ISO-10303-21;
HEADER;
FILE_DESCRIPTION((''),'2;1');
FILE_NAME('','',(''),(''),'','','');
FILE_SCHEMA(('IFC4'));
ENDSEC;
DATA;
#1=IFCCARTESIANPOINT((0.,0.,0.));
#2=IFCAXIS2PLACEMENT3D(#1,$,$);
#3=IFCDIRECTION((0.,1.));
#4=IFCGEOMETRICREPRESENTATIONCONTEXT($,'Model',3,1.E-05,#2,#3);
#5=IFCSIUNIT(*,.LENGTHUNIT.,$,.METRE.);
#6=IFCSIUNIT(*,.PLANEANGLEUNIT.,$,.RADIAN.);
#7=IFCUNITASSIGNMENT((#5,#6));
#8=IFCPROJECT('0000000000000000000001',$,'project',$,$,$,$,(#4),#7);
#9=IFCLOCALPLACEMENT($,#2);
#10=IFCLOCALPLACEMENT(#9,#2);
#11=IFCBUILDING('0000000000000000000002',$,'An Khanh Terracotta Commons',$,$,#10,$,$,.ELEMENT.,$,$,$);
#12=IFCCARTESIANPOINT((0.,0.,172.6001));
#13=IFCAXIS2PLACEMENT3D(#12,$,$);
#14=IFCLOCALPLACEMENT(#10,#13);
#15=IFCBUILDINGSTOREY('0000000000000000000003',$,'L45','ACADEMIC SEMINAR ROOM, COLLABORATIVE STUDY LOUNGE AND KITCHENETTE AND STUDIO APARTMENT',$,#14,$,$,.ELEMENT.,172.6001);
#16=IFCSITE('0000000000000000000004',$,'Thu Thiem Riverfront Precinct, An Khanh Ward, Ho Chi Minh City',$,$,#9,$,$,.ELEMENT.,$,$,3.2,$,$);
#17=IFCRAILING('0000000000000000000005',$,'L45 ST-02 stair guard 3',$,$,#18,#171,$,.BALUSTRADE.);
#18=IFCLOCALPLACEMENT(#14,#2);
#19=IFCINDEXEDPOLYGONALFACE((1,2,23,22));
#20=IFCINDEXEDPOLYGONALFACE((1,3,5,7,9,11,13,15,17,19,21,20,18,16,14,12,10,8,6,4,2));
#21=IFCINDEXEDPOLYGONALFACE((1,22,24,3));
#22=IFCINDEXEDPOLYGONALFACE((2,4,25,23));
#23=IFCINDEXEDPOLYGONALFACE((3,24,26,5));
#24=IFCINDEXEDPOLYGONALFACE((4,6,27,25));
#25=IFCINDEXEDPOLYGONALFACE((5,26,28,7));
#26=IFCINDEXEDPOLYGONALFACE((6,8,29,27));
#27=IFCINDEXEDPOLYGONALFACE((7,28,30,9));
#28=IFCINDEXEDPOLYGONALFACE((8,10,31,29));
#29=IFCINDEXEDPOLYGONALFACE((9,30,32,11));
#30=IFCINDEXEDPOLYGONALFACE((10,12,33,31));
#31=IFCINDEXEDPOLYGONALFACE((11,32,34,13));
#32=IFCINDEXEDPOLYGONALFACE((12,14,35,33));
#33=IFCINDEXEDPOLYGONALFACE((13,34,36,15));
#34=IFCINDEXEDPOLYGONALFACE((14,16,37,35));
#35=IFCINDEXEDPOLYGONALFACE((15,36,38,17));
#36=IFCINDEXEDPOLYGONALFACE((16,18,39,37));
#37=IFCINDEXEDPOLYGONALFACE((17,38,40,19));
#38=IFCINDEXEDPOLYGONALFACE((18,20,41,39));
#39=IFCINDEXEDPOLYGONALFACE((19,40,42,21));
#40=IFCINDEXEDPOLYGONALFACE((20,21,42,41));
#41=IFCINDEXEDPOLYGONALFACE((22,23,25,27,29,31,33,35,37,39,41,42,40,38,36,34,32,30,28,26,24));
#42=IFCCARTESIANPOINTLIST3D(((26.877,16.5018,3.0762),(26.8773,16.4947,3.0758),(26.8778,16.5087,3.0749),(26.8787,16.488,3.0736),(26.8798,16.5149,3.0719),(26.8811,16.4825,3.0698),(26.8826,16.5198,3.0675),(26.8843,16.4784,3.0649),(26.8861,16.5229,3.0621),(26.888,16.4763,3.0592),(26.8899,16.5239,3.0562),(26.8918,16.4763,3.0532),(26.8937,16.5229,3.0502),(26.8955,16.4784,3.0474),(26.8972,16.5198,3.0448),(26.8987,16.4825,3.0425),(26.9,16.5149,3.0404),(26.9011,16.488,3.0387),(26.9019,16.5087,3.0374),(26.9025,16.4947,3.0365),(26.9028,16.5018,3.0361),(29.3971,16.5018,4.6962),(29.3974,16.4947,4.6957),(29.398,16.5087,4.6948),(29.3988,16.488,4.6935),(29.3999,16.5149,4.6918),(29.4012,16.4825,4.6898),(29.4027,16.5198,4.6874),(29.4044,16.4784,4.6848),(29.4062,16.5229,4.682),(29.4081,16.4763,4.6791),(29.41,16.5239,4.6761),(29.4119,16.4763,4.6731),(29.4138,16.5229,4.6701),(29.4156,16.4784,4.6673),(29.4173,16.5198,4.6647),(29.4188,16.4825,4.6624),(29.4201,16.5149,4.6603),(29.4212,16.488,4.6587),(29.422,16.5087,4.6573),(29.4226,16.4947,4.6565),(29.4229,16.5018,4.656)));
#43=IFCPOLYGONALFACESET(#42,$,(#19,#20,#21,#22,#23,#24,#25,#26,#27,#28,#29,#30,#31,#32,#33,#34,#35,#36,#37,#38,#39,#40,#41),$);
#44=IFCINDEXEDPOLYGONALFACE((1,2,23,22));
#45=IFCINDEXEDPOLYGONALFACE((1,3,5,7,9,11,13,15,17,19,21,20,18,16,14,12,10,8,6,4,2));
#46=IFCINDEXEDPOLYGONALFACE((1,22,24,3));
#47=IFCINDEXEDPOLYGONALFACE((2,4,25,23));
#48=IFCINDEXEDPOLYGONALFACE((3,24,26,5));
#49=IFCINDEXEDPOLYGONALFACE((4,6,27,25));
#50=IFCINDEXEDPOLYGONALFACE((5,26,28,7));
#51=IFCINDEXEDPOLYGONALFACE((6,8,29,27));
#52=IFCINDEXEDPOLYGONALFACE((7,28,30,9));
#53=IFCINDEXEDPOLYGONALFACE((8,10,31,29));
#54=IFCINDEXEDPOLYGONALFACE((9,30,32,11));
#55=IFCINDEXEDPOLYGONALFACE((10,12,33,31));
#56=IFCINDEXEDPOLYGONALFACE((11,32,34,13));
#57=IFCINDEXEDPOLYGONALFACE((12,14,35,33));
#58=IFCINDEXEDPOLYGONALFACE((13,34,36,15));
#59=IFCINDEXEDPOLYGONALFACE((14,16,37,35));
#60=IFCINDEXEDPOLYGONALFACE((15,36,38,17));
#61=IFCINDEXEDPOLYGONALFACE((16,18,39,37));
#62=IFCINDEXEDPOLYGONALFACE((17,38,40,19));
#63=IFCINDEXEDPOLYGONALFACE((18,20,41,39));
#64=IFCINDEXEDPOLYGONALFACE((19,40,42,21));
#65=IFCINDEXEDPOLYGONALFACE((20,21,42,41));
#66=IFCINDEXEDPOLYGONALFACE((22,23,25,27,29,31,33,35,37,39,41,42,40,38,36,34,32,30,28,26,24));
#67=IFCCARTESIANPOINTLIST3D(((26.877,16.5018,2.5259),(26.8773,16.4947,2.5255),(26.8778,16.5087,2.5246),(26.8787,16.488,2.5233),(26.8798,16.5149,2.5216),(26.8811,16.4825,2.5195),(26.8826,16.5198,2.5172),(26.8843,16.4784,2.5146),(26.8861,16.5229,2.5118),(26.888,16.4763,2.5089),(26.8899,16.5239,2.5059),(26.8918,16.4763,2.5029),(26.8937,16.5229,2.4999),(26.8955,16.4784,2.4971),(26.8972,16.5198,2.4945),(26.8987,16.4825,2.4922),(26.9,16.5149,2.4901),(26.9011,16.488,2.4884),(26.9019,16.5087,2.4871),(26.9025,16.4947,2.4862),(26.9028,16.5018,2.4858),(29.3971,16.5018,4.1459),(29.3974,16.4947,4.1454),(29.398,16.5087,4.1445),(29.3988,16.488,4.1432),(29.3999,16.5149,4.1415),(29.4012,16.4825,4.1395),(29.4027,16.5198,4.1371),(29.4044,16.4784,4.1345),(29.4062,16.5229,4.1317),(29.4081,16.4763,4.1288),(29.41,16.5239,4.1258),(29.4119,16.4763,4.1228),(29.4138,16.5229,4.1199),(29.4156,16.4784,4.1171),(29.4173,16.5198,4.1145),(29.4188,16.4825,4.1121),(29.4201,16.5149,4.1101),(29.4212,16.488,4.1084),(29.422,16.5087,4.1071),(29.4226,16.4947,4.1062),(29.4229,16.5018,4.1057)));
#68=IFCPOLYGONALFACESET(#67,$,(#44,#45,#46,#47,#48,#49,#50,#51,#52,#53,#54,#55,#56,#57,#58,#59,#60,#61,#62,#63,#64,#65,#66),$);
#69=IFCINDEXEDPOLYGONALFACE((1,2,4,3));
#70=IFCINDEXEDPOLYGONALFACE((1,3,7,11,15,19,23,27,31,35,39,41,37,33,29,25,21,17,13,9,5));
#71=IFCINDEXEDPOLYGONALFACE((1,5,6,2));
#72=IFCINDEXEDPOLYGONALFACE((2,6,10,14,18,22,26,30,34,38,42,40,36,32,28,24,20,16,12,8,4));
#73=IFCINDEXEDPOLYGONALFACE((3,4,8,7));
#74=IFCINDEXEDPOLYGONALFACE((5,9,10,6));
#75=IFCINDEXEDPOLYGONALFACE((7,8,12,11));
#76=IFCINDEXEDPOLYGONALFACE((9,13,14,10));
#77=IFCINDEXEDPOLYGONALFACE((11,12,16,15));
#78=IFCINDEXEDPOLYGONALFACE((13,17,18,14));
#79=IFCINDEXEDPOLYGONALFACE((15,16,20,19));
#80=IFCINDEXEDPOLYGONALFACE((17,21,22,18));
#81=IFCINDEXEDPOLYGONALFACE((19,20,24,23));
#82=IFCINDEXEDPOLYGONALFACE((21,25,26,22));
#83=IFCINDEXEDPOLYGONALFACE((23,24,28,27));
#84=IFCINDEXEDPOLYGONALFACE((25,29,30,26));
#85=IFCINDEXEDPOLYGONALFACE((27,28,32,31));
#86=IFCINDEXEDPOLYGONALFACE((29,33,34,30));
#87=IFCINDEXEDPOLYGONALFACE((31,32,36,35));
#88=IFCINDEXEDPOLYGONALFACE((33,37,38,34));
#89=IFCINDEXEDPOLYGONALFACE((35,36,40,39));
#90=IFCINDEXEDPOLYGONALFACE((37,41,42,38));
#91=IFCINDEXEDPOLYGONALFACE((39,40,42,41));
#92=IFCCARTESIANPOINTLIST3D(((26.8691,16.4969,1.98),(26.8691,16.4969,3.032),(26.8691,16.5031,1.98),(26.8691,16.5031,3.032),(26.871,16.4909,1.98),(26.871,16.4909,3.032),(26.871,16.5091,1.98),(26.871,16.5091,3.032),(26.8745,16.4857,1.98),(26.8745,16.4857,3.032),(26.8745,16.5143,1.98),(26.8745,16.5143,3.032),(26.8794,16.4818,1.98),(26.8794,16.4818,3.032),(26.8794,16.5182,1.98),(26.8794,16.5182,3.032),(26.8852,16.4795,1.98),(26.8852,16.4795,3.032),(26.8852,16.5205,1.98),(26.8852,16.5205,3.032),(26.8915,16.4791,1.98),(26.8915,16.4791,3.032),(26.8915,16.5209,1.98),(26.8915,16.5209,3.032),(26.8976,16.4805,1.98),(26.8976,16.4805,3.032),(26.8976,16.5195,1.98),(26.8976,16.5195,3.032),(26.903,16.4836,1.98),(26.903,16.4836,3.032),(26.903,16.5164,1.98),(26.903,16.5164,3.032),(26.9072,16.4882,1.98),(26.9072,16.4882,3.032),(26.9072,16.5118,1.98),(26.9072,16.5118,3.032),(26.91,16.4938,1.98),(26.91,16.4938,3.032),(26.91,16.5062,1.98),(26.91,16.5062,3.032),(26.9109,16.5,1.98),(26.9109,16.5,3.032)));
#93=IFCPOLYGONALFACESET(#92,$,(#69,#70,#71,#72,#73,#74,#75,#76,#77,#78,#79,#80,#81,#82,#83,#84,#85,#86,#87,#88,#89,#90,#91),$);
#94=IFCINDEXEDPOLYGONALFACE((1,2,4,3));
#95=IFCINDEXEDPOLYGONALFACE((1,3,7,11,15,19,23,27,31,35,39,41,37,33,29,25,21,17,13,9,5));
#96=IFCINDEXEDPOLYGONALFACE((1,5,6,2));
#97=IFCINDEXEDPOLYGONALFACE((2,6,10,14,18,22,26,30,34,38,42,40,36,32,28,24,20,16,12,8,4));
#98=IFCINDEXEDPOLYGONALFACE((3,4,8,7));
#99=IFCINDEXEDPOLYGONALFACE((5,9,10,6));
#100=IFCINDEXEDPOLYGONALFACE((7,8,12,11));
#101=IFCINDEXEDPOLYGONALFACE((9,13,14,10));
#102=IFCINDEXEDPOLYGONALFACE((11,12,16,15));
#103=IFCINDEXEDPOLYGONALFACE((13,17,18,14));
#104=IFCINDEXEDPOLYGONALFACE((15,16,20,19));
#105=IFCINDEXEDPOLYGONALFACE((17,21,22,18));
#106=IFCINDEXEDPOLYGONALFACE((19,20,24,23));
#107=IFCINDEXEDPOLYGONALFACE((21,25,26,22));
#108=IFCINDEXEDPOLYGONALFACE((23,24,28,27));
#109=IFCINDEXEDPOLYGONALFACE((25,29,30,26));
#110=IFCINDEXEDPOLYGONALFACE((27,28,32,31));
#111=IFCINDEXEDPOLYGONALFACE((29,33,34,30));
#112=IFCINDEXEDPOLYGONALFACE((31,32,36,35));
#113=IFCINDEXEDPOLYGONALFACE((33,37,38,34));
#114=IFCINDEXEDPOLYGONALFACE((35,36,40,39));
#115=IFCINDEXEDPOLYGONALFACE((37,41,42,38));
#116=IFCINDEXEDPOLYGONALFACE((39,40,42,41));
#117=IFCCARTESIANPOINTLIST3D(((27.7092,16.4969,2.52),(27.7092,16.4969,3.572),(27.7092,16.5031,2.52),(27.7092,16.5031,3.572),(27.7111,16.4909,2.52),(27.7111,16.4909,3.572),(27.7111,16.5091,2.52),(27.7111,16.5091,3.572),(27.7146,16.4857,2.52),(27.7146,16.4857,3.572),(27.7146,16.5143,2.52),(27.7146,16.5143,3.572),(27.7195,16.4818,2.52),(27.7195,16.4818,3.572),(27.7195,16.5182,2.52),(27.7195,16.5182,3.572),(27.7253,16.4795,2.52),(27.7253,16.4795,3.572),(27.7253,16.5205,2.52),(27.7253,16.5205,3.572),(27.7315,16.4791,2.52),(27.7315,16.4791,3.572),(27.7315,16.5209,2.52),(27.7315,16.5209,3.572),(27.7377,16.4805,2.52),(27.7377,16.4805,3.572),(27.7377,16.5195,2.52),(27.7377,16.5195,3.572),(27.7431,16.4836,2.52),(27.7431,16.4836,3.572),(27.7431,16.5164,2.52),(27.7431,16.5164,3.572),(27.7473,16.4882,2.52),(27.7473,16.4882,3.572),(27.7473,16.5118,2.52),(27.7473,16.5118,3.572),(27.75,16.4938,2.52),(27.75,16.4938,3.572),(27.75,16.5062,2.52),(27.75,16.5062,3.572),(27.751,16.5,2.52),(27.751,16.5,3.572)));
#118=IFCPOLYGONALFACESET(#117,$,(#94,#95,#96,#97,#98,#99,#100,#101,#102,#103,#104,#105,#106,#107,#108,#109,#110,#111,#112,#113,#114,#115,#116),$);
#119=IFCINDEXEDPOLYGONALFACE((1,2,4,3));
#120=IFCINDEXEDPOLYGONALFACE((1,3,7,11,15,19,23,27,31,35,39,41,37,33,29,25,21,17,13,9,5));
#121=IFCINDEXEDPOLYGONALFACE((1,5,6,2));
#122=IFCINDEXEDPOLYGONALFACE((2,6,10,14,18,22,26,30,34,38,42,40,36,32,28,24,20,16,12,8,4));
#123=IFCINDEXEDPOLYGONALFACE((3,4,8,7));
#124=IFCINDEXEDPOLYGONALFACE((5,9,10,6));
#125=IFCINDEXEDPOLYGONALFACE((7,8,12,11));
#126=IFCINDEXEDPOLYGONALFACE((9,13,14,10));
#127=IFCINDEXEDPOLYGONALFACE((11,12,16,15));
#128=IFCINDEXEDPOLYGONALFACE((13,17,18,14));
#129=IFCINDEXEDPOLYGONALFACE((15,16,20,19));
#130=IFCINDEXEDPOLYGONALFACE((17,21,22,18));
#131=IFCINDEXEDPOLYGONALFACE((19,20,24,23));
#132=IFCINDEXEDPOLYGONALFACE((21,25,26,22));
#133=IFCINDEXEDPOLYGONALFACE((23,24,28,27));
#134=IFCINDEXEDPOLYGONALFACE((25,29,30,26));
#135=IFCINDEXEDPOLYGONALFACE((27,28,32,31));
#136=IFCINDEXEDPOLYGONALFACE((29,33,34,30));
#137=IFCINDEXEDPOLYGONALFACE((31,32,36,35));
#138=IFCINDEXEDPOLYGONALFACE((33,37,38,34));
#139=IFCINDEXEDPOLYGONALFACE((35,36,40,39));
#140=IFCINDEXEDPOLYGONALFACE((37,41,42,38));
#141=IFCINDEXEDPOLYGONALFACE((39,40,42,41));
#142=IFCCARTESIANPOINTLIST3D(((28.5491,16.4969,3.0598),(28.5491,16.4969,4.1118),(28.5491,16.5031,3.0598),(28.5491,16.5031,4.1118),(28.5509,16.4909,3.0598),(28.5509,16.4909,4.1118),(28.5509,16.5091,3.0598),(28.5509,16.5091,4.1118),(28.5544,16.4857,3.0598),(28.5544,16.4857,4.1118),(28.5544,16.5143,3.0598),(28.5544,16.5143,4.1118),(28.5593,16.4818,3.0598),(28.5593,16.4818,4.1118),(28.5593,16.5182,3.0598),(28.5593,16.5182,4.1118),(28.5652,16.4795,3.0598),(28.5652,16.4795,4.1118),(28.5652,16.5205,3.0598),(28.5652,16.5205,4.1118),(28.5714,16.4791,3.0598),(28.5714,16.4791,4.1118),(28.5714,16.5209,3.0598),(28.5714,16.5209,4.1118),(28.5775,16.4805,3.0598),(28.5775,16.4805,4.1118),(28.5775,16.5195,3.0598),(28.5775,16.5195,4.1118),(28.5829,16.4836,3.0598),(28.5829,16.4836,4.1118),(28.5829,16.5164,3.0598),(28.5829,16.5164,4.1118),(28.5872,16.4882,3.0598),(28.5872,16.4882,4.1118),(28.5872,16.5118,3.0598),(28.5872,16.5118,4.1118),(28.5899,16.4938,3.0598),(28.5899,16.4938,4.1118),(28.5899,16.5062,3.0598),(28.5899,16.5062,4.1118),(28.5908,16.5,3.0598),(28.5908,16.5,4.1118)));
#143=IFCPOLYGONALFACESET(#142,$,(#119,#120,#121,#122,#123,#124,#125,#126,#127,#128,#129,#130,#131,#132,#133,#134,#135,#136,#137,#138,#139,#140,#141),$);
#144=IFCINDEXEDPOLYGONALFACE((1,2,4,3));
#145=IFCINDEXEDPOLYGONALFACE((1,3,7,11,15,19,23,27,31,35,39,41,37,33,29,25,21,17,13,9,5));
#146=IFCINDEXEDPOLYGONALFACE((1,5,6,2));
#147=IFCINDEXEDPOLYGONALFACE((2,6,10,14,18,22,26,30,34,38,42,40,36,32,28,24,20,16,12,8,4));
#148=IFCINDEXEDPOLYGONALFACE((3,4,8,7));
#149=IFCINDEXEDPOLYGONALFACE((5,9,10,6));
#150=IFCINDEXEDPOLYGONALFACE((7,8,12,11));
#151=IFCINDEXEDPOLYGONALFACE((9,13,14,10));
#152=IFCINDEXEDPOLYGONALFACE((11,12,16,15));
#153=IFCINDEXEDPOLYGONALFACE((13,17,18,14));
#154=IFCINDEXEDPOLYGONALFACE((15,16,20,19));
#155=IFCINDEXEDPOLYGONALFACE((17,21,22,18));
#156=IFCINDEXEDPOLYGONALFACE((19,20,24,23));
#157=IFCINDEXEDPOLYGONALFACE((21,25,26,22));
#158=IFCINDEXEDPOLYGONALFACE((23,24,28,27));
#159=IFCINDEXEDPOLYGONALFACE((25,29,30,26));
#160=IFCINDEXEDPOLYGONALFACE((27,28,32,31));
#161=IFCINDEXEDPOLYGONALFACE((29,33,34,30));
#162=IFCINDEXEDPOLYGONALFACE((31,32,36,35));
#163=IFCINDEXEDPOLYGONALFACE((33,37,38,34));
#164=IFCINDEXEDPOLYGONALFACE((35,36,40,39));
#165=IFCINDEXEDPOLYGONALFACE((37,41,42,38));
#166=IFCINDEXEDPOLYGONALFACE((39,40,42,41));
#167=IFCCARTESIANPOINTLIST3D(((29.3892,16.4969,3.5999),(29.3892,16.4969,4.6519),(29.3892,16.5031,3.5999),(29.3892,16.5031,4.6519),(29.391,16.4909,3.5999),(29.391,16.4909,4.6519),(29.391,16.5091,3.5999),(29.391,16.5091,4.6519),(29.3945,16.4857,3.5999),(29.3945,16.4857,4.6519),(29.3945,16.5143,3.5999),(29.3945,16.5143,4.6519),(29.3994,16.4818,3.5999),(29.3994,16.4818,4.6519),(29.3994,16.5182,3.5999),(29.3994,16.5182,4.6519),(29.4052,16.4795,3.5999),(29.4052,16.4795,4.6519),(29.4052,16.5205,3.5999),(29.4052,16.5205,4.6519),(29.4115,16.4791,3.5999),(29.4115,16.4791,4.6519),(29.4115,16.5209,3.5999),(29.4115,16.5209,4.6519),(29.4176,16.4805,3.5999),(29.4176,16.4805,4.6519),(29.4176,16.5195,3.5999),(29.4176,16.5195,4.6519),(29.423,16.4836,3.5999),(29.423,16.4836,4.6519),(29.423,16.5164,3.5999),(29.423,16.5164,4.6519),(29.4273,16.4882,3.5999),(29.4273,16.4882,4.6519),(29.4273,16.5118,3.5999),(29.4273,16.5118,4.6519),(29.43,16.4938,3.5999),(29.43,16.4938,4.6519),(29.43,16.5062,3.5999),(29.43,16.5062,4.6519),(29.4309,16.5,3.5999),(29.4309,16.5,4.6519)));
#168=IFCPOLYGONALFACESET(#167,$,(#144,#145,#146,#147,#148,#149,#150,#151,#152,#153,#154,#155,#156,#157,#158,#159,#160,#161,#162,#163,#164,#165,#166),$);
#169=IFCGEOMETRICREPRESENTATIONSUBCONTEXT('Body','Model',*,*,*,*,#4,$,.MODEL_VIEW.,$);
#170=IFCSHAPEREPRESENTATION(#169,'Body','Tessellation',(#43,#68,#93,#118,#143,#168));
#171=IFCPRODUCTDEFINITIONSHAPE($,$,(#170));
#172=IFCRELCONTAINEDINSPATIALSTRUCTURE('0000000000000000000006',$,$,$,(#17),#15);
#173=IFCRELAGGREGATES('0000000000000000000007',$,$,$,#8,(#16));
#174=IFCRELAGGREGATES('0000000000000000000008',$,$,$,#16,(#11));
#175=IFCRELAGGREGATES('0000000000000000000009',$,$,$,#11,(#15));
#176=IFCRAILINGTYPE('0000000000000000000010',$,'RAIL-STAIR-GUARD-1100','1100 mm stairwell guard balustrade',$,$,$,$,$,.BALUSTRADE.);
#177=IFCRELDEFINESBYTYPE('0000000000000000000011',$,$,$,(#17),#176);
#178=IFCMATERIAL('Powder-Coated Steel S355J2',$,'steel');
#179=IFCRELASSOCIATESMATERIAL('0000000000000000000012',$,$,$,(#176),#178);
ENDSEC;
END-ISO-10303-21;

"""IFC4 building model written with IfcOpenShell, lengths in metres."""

from ifc_helpers import new_model, si_unit, direction, frame, origin, origin_2d, place, context, subcontext, project, spatial, circle, extrude, material, type_object, element, save


model = new_model("IFC4")

# Units and contexts
model_context = context("Model", 3, precision=1e-05, world=origin(), true_north=direction((0.0, 1.0)))
body_context = subcontext(model_context, "Body", "Model", "MODEL_VIEW")
ifc_project = project(units=[si_unit("LENGTHUNIT", "METRE"), si_unit("PLANEANGLEUNIT", "RADIAN")], contexts=[model_context])

# Site, building, storey
site_placement = place(None, origin())
site = spatial("IfcSite", under=ifc_project, at=site_placement, Name="Thu Thiem Riverfront Precinct, An Khanh Ward, Ho Chi Minh City", CompositionType="ELEMENT", RefElevation=3.2)
building_placement = place(site_placement, origin())
building = spatial("IfcBuilding", under=site, at=building_placement, Name="An Khanh Terracotta Commons", CompositionType="ELEMENT")
storey_placement = place(building_placement, frame((0.0, 0.0, 172.6001)))
storey = spatial("IfcBuildingStorey", under=building, at=storey_placement, Name="L45", Description="ACADEMIC SEMINAR ROOM, COLLABORATIVE STUDY LOUNGE AND KITCHENETTE AND STUDIO APARTMENT", CompositionType="ELEMENT", Elevation=172.6001)

# Railing
ifc_material_1 = material(Name="Powder-Coated Steel S355J2", Category="steel")
railing_type_1 = type_object("IfcRailingType", Name="RAIL-STAIR-GUARD-1100", Description="1100 mm stairwell guard balustrade", PredefinedType="BALUSTRADE", material=ifc_material_1)
railing_1_placement = place(storey_placement, frame((26.8899, 16.5, 1.98)))
element("IfcRailing", 1, at=railing_1_placement, inside=storey, type_object=railing_type_1, Name="L45 ST-02 stair guard 3", PredefinedType="BALUSTRADE", context=body_context, shape_type="SweptSolid", body=[
    extrude(circle(Radius=0.0239, at=origin_2d()), frame((0.0, 0.0, 1.0762), z_axis=(0.8412, 0.0, 0.540725), x_axis=(0.0, 1.0, 0.0)), (0.0, 0.0, 1.0), 2.9958),
    extrude(circle(Radius=0.0239, at=origin_2d()), frame((0.0, 0.0, 0.5259), z_axis=(0.8412, 0.0, 0.540725), x_axis=(0.0, 1.0, 0.0)), (0.0, 0.0, 1.0), 2.9958),
    extrude(circle(Radius=0.021, at=origin_2d()), origin(), (0.0, 0.0, 1.0), 1.052),
    extrude(circle(Radius=0.021, at=origin_2d()), frame((0.8401, 0.0, 0.54)), (0.0, 0.0, 1.0), 1.052),
    extrude(circle(Radius=0.021, at=origin_2d()), frame((1.6799, 0.0, 1.0798)), (0.0, 0.0, 1.0), 1.052),
    extrude(circle(Radius=0.021, at=origin_2d()), frame((2.52, 0.0, 1.6199)), (0.0, 0.0, 1.0), 1.052),
])

save(model, "model.ifc")
